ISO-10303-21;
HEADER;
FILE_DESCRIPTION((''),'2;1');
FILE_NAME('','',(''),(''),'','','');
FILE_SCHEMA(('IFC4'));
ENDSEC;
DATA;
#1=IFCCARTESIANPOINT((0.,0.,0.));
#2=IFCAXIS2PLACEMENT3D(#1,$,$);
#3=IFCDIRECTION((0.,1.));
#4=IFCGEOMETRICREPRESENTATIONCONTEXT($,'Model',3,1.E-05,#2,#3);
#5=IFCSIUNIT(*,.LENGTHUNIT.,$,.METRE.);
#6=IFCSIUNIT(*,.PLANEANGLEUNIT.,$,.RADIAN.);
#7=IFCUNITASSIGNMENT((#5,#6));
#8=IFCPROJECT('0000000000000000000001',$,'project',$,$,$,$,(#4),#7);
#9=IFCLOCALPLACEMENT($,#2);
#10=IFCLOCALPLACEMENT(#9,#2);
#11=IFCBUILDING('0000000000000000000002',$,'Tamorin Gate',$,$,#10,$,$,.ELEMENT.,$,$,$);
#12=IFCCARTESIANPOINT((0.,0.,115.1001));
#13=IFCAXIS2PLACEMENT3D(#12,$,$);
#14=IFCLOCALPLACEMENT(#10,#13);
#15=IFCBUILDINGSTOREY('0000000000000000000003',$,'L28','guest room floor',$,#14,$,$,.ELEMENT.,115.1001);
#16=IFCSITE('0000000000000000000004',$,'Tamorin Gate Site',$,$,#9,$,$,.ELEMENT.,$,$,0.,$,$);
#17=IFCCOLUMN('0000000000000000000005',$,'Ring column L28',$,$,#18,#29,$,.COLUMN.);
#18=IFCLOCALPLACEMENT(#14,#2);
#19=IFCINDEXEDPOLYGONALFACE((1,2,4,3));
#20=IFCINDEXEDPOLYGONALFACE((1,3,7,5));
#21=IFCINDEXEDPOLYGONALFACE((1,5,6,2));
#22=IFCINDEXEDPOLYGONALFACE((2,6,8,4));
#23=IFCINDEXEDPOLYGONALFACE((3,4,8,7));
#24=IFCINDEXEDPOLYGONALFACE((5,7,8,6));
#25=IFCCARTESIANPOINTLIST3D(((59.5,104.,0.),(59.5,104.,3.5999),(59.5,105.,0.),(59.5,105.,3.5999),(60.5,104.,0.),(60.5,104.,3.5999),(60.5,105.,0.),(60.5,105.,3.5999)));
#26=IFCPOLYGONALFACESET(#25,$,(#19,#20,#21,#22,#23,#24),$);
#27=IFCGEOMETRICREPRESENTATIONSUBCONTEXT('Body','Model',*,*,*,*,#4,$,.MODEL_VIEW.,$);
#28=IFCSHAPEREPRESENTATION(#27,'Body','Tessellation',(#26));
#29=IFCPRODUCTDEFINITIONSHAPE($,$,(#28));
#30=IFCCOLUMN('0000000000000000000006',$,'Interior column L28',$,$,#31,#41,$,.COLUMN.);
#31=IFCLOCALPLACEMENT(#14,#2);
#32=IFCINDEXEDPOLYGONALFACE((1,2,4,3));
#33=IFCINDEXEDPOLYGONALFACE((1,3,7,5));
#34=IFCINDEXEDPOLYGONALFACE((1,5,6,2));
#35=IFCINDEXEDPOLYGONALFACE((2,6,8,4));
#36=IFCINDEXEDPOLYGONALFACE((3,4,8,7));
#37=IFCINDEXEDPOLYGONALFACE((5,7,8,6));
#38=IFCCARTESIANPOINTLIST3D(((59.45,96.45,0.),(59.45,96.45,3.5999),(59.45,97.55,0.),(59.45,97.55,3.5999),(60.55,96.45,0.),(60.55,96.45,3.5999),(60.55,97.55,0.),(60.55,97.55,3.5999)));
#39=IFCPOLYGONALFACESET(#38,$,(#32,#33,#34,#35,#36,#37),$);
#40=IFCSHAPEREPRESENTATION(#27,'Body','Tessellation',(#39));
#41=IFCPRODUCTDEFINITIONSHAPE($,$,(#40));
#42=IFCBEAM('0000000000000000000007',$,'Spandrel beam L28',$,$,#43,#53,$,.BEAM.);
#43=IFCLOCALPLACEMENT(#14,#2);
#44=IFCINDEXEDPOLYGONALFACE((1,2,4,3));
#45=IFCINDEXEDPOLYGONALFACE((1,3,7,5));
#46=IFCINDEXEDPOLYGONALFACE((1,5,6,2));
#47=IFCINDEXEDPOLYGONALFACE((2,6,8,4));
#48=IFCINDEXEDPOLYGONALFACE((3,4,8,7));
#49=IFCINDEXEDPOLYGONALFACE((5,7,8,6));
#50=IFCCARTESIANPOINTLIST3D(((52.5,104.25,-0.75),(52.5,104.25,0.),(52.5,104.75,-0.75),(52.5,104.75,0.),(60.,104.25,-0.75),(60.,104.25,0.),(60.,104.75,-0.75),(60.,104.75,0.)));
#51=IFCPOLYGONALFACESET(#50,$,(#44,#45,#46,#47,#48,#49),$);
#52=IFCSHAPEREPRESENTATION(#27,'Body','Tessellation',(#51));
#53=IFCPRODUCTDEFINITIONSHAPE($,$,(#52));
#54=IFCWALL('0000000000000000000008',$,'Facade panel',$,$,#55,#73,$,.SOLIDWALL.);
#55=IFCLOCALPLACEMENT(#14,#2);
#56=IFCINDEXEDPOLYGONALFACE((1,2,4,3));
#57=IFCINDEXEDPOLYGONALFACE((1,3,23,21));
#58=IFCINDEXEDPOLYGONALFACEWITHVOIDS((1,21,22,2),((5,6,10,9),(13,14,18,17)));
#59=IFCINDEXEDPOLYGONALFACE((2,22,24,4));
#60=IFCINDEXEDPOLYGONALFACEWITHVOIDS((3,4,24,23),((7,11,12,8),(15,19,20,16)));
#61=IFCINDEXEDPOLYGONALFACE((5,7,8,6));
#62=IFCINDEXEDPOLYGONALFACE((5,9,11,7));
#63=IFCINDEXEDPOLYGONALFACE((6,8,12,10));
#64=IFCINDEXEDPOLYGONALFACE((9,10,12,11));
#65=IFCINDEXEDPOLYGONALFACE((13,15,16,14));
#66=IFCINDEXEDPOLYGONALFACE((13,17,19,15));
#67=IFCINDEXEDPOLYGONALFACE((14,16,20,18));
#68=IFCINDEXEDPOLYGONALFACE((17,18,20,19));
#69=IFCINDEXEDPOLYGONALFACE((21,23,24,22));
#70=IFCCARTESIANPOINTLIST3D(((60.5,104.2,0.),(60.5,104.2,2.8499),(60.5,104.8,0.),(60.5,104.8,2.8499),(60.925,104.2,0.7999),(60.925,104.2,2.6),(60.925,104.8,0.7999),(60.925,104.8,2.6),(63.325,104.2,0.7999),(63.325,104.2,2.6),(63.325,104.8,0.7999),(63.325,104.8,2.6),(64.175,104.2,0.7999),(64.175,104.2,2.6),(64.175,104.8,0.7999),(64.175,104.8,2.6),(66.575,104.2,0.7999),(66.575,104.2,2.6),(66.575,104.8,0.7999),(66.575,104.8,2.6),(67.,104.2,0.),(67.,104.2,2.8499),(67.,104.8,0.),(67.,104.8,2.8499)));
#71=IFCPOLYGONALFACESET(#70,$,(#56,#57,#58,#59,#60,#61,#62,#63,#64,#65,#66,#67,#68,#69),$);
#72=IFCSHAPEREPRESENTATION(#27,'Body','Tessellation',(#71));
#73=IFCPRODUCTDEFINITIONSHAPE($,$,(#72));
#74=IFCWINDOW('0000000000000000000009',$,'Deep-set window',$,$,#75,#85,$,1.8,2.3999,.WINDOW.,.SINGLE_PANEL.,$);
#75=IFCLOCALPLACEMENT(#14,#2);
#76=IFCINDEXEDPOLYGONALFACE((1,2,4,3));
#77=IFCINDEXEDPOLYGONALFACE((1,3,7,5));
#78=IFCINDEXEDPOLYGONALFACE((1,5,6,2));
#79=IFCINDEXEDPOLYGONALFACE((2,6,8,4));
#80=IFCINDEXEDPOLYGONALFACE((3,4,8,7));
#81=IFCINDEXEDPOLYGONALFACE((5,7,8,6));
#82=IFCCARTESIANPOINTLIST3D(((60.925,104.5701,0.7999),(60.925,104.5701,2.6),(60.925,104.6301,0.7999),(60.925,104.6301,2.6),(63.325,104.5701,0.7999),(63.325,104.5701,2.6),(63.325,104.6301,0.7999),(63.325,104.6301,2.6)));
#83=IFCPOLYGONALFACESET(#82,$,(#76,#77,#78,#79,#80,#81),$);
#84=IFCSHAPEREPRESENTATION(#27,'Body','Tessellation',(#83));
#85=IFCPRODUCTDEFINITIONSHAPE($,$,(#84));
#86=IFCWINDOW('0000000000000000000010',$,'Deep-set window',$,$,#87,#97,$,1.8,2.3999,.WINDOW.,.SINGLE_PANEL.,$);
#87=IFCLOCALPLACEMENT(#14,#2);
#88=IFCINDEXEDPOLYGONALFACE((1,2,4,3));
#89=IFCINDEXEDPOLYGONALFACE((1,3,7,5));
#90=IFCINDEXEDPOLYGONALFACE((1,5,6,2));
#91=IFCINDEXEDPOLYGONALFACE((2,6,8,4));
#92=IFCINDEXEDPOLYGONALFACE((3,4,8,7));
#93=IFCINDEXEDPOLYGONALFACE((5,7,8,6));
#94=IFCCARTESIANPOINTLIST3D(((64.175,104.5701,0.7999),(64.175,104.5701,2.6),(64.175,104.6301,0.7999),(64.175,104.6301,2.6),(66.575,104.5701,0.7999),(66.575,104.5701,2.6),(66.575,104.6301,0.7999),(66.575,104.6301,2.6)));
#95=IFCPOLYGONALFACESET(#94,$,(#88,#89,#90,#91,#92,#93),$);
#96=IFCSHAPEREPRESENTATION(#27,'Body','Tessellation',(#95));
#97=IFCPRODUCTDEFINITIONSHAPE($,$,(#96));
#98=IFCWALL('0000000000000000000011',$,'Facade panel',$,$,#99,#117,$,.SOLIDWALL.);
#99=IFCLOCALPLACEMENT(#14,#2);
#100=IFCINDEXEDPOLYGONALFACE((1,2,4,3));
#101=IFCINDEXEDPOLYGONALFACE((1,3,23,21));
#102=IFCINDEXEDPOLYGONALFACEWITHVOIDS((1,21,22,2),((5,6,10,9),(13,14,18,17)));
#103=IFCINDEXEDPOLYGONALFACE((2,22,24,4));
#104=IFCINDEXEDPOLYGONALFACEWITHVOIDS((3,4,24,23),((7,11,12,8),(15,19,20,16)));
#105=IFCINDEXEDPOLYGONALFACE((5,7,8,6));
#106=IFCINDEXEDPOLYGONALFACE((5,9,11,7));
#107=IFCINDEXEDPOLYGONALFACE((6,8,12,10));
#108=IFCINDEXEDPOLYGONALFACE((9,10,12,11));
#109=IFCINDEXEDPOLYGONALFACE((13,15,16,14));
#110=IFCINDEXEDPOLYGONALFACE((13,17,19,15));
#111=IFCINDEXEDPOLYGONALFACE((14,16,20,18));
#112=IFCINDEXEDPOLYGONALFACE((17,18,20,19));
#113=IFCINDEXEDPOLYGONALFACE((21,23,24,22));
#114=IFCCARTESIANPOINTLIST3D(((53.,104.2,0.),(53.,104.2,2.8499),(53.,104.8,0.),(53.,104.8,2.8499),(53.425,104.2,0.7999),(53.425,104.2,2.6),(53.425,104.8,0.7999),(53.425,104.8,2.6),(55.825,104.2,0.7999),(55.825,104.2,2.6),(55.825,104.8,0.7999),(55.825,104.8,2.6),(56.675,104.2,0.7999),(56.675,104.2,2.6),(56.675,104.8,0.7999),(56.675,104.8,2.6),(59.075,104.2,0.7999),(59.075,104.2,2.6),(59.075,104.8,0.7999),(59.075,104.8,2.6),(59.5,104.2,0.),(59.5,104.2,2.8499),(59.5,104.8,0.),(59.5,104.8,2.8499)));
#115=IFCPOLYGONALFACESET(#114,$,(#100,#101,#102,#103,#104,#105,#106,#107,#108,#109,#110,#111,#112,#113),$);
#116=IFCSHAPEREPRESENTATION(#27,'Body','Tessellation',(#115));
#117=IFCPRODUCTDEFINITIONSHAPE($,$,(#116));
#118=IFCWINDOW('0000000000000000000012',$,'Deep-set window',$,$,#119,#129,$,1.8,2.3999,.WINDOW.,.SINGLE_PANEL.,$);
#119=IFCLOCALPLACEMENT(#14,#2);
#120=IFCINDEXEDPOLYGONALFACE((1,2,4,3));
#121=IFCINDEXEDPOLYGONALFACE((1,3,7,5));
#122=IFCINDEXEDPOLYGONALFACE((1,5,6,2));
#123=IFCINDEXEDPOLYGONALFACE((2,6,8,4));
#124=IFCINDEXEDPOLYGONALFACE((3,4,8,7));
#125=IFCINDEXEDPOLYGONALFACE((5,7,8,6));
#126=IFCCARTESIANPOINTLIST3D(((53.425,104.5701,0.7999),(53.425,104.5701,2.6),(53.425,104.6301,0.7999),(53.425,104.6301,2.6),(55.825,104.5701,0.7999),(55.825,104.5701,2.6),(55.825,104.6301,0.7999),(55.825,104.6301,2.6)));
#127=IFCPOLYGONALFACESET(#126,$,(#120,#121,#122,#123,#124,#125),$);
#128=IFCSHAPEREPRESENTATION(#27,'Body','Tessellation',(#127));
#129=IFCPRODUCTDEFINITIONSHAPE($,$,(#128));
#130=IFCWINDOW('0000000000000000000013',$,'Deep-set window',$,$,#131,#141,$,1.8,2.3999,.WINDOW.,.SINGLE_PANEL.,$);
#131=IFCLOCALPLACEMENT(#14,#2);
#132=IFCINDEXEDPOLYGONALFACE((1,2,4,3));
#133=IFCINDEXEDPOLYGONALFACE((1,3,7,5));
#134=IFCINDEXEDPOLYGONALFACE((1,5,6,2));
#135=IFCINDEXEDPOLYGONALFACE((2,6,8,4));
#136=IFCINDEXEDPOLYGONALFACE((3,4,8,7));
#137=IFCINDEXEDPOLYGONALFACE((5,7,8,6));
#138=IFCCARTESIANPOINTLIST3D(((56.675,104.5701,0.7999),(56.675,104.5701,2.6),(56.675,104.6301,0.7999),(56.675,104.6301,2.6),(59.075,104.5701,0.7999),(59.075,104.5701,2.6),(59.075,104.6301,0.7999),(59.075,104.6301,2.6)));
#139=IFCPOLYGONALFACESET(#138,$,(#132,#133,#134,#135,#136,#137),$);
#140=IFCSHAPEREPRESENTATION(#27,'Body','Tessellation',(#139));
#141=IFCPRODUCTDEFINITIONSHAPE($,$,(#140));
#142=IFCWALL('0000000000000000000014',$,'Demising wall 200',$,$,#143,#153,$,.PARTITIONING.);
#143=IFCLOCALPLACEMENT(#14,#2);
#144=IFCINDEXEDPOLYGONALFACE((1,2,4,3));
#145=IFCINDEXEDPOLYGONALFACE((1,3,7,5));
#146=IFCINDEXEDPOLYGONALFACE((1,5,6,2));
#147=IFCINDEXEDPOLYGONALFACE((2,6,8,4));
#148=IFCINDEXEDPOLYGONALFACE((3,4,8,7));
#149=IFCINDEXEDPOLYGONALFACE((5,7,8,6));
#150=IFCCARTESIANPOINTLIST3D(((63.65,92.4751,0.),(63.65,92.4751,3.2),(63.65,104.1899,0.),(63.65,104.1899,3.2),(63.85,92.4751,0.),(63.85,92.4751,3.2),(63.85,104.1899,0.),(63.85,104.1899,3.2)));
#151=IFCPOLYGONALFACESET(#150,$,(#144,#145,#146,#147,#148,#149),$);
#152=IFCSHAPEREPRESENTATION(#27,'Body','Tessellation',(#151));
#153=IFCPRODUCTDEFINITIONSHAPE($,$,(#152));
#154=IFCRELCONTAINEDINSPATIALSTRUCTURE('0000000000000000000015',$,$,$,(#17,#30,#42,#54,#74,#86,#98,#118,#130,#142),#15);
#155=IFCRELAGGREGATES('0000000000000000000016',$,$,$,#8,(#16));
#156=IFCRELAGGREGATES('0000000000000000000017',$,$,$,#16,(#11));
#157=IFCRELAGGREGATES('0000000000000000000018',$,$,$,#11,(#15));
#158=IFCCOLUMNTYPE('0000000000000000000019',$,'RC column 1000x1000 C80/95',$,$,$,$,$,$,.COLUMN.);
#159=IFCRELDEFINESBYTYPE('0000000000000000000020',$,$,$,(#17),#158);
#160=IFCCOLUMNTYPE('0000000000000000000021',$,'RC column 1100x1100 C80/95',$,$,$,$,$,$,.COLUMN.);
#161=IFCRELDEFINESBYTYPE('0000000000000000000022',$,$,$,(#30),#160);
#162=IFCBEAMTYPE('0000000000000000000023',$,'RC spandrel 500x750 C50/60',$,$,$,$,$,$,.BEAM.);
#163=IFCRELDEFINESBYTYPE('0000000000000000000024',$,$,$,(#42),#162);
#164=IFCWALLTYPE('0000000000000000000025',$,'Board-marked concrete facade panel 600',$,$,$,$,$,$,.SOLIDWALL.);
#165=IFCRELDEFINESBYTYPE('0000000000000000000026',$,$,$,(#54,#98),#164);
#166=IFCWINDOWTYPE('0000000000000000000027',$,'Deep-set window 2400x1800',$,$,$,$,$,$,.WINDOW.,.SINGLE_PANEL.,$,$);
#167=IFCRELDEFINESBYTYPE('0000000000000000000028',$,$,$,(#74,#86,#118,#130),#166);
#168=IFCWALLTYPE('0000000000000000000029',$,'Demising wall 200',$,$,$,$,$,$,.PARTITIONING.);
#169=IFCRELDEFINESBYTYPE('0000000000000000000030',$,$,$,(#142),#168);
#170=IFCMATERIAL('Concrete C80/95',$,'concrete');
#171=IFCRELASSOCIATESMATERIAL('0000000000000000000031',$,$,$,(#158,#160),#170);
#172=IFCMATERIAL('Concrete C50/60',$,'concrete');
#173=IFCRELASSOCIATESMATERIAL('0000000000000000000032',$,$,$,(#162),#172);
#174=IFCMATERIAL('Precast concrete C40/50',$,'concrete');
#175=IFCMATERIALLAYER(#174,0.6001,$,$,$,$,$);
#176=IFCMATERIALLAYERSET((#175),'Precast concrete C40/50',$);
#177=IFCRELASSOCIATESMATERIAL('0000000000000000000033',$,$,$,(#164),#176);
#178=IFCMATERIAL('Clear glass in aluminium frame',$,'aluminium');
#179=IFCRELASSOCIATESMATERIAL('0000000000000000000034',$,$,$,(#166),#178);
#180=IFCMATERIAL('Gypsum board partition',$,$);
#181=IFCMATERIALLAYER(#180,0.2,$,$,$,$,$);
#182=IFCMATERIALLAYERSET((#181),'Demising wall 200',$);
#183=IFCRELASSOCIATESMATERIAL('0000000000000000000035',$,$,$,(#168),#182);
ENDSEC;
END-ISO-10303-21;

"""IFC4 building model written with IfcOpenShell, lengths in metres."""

from ifc_helpers import new_model, si_unit, direction, frame, frame_2d, origin, origin_2d, place, context, subcontext, project, spatial, rectangle, extrude, material, layer, layer_set, material_profile, profile_set, type_object, element, fill, save


model = new_model("IFC4")

# Units and contexts
model_context = context("Model", 3, precision=1e-05, world=origin(), true_north=direction((0.0, 1.0)))
body_context = subcontext(model_context, "Body", "Model", "MODEL_VIEW")
ifc_project = project(units=[si_unit("LENGTHUNIT", "METRE"), si_unit("PLANEANGLEUNIT", "RADIAN")], contexts=[model_context])

# Site, building, storey
site_placement = place(None, origin())
site = spatial("IfcSite", under=ifc_project, at=site_placement, Name="Tamorin Gate Site", CompositionType="ELEMENT", RefElevation=0.0)
building_placement = place(site_placement, origin())
building = spatial("IfcBuilding", under=site, at=building_placement, Name="Tamorin Gate", CompositionType="ELEMENT")
storey_placement = place(building_placement, frame((0.0, 0.0, 115.1001)))
storey = spatial("IfcBuildingStorey", under=building, at=storey_placement, Name="L28", Description="guest room floor", CompositionType="ELEMENT", Elevation=115.1001)

# Columns
ifc_material_1 = material(Name="Concrete C80/95", Category="concrete")
ifc_material_profile_1 = material_profile(ifc_material_1, rectangle(XDim=1.0, YDim=1.0, at=origin_2d()), Name="RC 1000x1000")
ifc_profile_set_1 = profile_set([ifc_material_profile_1], Name="Concrete C80/95")
column_type_1 = type_object("IfcColumnType", Name="RC column 1000x1000 C80/95", PredefinedType="COLUMN", material=ifc_profile_set_1)
column_1_placement = place(storey_placement, frame((60.0, 104.5, 0.0), z_axis=(0.0, 0.0, 1.0), x_axis=(1.0, 0.0, 0.0)))
element("IfcColumn", 1, at=column_1_placement, inside=storey, type_object=column_type_1, Name="Ring column L28", PredefinedType="COLUMN", context=body_context, shape_type="SweptSolid", body=[
    extrude(rectangle(XDim=1.0, YDim=1.0, at=origin_2d()), origin(), (0.0, 0.0, 1.0), 3.5999),
])
ifc_material_profile_2 = material_profile(ifc_material_1, rectangle(XDim=1.1001, YDim=1.1001, at=origin_2d()), Name="RC 1100x1100")
ifc_profile_set_2 = profile_set([ifc_material_profile_2], Name="Concrete C80/95")
column_type_2 = type_object("IfcColumnType", Name="RC column 1100x1100 C80/95", PredefinedType="COLUMN", material=ifc_profile_set_2)
column_2_placement = place(storey_placement, frame((60.0, 97.0, 0.0), z_axis=(0.0, 0.0, 1.0), x_axis=(1.0, 0.0, 0.0)))
element("IfcColumn", 2, at=column_2_placement, inside=storey, type_object=column_type_2, Name="Interior column L28", PredefinedType="COLUMN", context=body_context, shape_type="SweptSolid", body=[
    extrude(rectangle(XDim=1.1001, YDim=1.1001, at=origin_2d()), origin(), (0.0, 0.0, 1.0), 3.5999),
])

# Beam
ifc_material_2 = material(Name="Concrete C50/60", Category="concrete")
ifc_material_profile_3 = material_profile(ifc_material_2, rectangle(XDim=0.5, YDim=0.75, at=origin_2d()), Name="RC 500x750")
ifc_profile_set_3 = profile_set([ifc_material_profile_3], Name="Concrete C50/60")
beam_type = type_object("IfcBeamType", Name="RC spandrel 500x750 C50/60", PredefinedType="BEAM", material=ifc_profile_set_3)
beam_placement = place(storey_placement, frame((60.0, 104.5, -0.375), z_axis=(-1.0, 0.0, 0.0), x_axis=(0.0, -1.0, 0.0)))
element("IfcBeam", 3, at=beam_placement, inside=storey, type_object=beam_type, Name="Spandrel beam L28", PredefinedType="BEAM", context=body_context, shape_type="SweptSolid", body=[
    extrude(rectangle(XDim=0.5, YDim=0.75, at=origin_2d()), origin(), (0.0, 0.0, 1.0), 7.5),
])

# Walls, openings, windows
ifc_material_3 = material(Name="Precast concrete C40/50", Category="concrete")
ifc_layer_1 = layer(ifc_material_3, 0.6001)
ifc_layer_set_1 = layer_set([ifc_layer_1], Name="Precast concrete C40/50")
wall_type_1 = type_object("IfcWallType", Name="Board-marked concrete facade panel 600", PredefinedType="SOLIDWALL", material=ifc_layer_set_1)
wall_1_placement = place(storey_placement, frame((67.0, 104.5, 0.0), z_axis=(0.0, 0.0, 1.0), x_axis=(-1.0, 0.0, 0.0)))
wall_1 = element("IfcWall", 4, at=wall_1_placement, inside=storey, type_object=wall_type_1, Name="Facade panel", PredefinedType="SOLIDWALL", context=body_context, shape_type="SweptSolid", body=[
    extrude(rectangle(XDim=6.5, YDim=0.6001, at=frame_2d((3.25, 0.0))), origin(), (0.0, 0.0, 1.0), 2.8499),
])
opening_1_placement = place(wall_1_placement, frame((3.675, 0.0, 0.8)))
opening_1 = element("IfcOpeningElement", 5, at=opening_1_placement, cuts=wall_1, PredefinedType="OPENING", context=body_context, shape_type="SweptSolid", body=[
    extrude(rectangle(XDim=2.3999, YDim=1.8, at=frame_2d((1.2, 0.8999))), frame((0.0, 0.3101, 0.0), z_axis=(0.0, -1.0, 0.0), x_axis=(1.0, 0.0, 0.0)), (0.0, 0.0, 1.0), 0.6201),
])
opening_2_placement = place(wall_1_placement, frame((0.425, 0.0, 0.8)))
opening_2 = element("IfcOpeningElement", 6, at=opening_2_placement, cuts=wall_1, PredefinedType="OPENING", context=body_context, shape_type="SweptSolid", body=[
    extrude(rectangle(XDim=2.3999, YDim=1.8, at=frame_2d((1.2, 0.8999))), frame((0.0, 0.3101, 0.0), z_axis=(0.0, -1.0, 0.0), x_axis=(1.0, 0.0, 0.0)), (0.0, 0.0, 1.0), 0.6201),
])
ifc_material_4 = material(Name="Clear glass in aluminium frame", Category="aluminium")
window_type = type_object("IfcWindowType", Name="Deep-set window 2400x1800", PartitioningType="SINGLE_PANEL", PredefinedType="WINDOW", material=ifc_material_4)
window_1_placement = place(opening_1_placement, origin())
window_1 = element("IfcWindow", 7, at=window_1_placement, inside=storey, type_object=window_type, Name="Deep-set window", OverallHeight=1.8, OverallWidth=2.3999, PartitioningType="SINGLE_PANEL", PredefinedType="WINDOW", context=body_context, shape_type="SweptSolid", body=[
    extrude(rectangle(XDim=2.3999, YDim=1.8, at=frame_2d((1.2, 0.8999))), frame((0.0, -0.0701, 0.0), z_axis=(0.0, -1.0, 0.0), x_axis=(1.0, 0.0, 0.0)), (0.0, 0.0, 1.0), 0.0601),
])
fill(opening_1, window_1)
window_2_placement = place(opening_2_placement, origin())
window_2 = element("IfcWindow", 8, at=window_2_placement, inside=storey, type_object=window_type, Name="Deep-set window", OverallHeight=1.8, OverallWidth=2.3999, PartitioningType="SINGLE_PANEL", PredefinedType="WINDOW", context=body_context, shape_type="SweptSolid", body=[
    extrude(rectangle(XDim=2.3999, YDim=1.8, at=frame_2d((1.2, 0.8999))), frame((0.0, -0.0701, 0.0), z_axis=(0.0, -1.0, 0.0), x_axis=(1.0, 0.0, 0.0)), (0.0, 0.0, 1.0), 0.0601),
])
fill(opening_2, window_2)
wall_2_placement = place(storey_placement, frame((59.5, 104.5, 0.0), z_axis=(0.0, 0.0, 1.0), x_axis=(-1.0, 0.0, 0.0)))
wall_2 = element("IfcWall", 9, at=wall_2_placement, inside=storey, type_object=wall_type_1, Name="Facade panel", PredefinedType="SOLIDWALL", context=body_context, shape_type="SweptSolid", body=[
    extrude(rectangle(XDim=6.5, YDim=0.6001, at=frame_2d((3.25, 0.0))), origin(), (0.0, 0.0, 1.0), 2.8499),
])
opening_3_placement = place(wall_2_placement, frame((3.675, 0.0, 0.8)))
opening_3 = element("IfcOpeningElement", 10, at=opening_3_placement, cuts=wall_2, PredefinedType="OPENING", context=body_context, shape_type="SweptSolid", body=[
    extrude(rectangle(XDim=2.3999, YDim=1.8, at=frame_2d((1.2, 0.8999))), frame((0.0, 0.3101, 0.0), z_axis=(0.0, -1.0, 0.0), x_axis=(1.0, 0.0, 0.0)), (0.0, 0.0, 1.0), 0.6201),
])
opening_4_placement = place(wall_2_placement, frame((0.425, 0.0, 0.8)))
opening_4 = element("IfcOpeningElement", 11, at=opening_4_placement, cuts=wall_2, PredefinedType="OPENING", context=body_context, shape_type="SweptSolid", body=[
    extrude(rectangle(XDim=2.3999, YDim=1.8, at=frame_2d((1.2, 0.8999))), frame((0.0, 0.3101, 0.0), z_axis=(0.0, -1.0, 0.0), x_axis=(1.0, 0.0, 0.0)), (0.0, 0.0, 1.0), 0.6201),
])
window_3_placement = place(opening_3_placement, origin())
window_3 = element("IfcWindow", 12, at=window_3_placement, inside=storey, type_object=window_type, Name="Deep-set window", OverallHeight=1.8, OverallWidth=2.3999, PartitioningType="SINGLE_PANEL", PredefinedType="WINDOW", context=body_context, shape_type="SweptSolid", body=[
    extrude(rectangle(XDim=2.3999, YDim=1.8, at=frame_2d((1.2, 0.8999))), frame((0.0, -0.0701, 0.0), z_axis=(0.0, -1.0, 0.0), x_axis=(1.0, 0.0, 0.0)), (0.0, 0.0, 1.0), 0.0601),
])
fill(opening_3, window_3)
window_4_placement = place(opening_4_placement, origin())
window_4 = element("IfcWindow", 13, at=window_4_placement, inside=storey, type_object=window_type, Name="Deep-set window", OverallHeight=1.8, OverallWidth=2.3999, PartitioningType="SINGLE_PANEL", PredefinedType="WINDOW", context=body_context, shape_type="SweptSolid", body=[
    extrude(rectangle(XDim=2.3999, YDim=1.8, at=frame_2d((1.2, 0.8999))), frame((0.0, -0.0701, 0.0), z_axis=(0.0, -1.0, 0.0), x_axis=(1.0, 0.0, 0.0)), (0.0, 0.0, 1.0), 0.0601),
])
fill(opening_4, window_4)

# Wall
ifc_material_5 = material(Name="Gypsum board partition")
ifc_layer_2 = layer(ifc_material_5, 0.2)
ifc_layer_set_2 = layer_set([ifc_layer_2], Name="Demising wall 200")
wall_type_2 = type_object("IfcWallType", Name="Demising wall 200", PredefinedType="PARTITIONING", material=ifc_layer_set_2)
wall_3_placement = place(storey_placement, frame((63.75, 92.4751, 0.0), z_axis=(0.0, 0.0, 1.0), x_axis=(0.0, 1.0, 0.0)))
element("IfcWall", 14, at=wall_3_placement, inside=storey, type_object=wall_type_2, Name="Demising wall 200", PredefinedType="PARTITIONING", context=body_context, shape_type="SweptSolid", body=[
    extrude(rectangle(XDim=11.7148, YDim=0.2, at=frame_2d((5.8574, 0.0))), origin(), (0.0, 0.0, 1.0), 3.2),
])

save(model, "model.ifc")
